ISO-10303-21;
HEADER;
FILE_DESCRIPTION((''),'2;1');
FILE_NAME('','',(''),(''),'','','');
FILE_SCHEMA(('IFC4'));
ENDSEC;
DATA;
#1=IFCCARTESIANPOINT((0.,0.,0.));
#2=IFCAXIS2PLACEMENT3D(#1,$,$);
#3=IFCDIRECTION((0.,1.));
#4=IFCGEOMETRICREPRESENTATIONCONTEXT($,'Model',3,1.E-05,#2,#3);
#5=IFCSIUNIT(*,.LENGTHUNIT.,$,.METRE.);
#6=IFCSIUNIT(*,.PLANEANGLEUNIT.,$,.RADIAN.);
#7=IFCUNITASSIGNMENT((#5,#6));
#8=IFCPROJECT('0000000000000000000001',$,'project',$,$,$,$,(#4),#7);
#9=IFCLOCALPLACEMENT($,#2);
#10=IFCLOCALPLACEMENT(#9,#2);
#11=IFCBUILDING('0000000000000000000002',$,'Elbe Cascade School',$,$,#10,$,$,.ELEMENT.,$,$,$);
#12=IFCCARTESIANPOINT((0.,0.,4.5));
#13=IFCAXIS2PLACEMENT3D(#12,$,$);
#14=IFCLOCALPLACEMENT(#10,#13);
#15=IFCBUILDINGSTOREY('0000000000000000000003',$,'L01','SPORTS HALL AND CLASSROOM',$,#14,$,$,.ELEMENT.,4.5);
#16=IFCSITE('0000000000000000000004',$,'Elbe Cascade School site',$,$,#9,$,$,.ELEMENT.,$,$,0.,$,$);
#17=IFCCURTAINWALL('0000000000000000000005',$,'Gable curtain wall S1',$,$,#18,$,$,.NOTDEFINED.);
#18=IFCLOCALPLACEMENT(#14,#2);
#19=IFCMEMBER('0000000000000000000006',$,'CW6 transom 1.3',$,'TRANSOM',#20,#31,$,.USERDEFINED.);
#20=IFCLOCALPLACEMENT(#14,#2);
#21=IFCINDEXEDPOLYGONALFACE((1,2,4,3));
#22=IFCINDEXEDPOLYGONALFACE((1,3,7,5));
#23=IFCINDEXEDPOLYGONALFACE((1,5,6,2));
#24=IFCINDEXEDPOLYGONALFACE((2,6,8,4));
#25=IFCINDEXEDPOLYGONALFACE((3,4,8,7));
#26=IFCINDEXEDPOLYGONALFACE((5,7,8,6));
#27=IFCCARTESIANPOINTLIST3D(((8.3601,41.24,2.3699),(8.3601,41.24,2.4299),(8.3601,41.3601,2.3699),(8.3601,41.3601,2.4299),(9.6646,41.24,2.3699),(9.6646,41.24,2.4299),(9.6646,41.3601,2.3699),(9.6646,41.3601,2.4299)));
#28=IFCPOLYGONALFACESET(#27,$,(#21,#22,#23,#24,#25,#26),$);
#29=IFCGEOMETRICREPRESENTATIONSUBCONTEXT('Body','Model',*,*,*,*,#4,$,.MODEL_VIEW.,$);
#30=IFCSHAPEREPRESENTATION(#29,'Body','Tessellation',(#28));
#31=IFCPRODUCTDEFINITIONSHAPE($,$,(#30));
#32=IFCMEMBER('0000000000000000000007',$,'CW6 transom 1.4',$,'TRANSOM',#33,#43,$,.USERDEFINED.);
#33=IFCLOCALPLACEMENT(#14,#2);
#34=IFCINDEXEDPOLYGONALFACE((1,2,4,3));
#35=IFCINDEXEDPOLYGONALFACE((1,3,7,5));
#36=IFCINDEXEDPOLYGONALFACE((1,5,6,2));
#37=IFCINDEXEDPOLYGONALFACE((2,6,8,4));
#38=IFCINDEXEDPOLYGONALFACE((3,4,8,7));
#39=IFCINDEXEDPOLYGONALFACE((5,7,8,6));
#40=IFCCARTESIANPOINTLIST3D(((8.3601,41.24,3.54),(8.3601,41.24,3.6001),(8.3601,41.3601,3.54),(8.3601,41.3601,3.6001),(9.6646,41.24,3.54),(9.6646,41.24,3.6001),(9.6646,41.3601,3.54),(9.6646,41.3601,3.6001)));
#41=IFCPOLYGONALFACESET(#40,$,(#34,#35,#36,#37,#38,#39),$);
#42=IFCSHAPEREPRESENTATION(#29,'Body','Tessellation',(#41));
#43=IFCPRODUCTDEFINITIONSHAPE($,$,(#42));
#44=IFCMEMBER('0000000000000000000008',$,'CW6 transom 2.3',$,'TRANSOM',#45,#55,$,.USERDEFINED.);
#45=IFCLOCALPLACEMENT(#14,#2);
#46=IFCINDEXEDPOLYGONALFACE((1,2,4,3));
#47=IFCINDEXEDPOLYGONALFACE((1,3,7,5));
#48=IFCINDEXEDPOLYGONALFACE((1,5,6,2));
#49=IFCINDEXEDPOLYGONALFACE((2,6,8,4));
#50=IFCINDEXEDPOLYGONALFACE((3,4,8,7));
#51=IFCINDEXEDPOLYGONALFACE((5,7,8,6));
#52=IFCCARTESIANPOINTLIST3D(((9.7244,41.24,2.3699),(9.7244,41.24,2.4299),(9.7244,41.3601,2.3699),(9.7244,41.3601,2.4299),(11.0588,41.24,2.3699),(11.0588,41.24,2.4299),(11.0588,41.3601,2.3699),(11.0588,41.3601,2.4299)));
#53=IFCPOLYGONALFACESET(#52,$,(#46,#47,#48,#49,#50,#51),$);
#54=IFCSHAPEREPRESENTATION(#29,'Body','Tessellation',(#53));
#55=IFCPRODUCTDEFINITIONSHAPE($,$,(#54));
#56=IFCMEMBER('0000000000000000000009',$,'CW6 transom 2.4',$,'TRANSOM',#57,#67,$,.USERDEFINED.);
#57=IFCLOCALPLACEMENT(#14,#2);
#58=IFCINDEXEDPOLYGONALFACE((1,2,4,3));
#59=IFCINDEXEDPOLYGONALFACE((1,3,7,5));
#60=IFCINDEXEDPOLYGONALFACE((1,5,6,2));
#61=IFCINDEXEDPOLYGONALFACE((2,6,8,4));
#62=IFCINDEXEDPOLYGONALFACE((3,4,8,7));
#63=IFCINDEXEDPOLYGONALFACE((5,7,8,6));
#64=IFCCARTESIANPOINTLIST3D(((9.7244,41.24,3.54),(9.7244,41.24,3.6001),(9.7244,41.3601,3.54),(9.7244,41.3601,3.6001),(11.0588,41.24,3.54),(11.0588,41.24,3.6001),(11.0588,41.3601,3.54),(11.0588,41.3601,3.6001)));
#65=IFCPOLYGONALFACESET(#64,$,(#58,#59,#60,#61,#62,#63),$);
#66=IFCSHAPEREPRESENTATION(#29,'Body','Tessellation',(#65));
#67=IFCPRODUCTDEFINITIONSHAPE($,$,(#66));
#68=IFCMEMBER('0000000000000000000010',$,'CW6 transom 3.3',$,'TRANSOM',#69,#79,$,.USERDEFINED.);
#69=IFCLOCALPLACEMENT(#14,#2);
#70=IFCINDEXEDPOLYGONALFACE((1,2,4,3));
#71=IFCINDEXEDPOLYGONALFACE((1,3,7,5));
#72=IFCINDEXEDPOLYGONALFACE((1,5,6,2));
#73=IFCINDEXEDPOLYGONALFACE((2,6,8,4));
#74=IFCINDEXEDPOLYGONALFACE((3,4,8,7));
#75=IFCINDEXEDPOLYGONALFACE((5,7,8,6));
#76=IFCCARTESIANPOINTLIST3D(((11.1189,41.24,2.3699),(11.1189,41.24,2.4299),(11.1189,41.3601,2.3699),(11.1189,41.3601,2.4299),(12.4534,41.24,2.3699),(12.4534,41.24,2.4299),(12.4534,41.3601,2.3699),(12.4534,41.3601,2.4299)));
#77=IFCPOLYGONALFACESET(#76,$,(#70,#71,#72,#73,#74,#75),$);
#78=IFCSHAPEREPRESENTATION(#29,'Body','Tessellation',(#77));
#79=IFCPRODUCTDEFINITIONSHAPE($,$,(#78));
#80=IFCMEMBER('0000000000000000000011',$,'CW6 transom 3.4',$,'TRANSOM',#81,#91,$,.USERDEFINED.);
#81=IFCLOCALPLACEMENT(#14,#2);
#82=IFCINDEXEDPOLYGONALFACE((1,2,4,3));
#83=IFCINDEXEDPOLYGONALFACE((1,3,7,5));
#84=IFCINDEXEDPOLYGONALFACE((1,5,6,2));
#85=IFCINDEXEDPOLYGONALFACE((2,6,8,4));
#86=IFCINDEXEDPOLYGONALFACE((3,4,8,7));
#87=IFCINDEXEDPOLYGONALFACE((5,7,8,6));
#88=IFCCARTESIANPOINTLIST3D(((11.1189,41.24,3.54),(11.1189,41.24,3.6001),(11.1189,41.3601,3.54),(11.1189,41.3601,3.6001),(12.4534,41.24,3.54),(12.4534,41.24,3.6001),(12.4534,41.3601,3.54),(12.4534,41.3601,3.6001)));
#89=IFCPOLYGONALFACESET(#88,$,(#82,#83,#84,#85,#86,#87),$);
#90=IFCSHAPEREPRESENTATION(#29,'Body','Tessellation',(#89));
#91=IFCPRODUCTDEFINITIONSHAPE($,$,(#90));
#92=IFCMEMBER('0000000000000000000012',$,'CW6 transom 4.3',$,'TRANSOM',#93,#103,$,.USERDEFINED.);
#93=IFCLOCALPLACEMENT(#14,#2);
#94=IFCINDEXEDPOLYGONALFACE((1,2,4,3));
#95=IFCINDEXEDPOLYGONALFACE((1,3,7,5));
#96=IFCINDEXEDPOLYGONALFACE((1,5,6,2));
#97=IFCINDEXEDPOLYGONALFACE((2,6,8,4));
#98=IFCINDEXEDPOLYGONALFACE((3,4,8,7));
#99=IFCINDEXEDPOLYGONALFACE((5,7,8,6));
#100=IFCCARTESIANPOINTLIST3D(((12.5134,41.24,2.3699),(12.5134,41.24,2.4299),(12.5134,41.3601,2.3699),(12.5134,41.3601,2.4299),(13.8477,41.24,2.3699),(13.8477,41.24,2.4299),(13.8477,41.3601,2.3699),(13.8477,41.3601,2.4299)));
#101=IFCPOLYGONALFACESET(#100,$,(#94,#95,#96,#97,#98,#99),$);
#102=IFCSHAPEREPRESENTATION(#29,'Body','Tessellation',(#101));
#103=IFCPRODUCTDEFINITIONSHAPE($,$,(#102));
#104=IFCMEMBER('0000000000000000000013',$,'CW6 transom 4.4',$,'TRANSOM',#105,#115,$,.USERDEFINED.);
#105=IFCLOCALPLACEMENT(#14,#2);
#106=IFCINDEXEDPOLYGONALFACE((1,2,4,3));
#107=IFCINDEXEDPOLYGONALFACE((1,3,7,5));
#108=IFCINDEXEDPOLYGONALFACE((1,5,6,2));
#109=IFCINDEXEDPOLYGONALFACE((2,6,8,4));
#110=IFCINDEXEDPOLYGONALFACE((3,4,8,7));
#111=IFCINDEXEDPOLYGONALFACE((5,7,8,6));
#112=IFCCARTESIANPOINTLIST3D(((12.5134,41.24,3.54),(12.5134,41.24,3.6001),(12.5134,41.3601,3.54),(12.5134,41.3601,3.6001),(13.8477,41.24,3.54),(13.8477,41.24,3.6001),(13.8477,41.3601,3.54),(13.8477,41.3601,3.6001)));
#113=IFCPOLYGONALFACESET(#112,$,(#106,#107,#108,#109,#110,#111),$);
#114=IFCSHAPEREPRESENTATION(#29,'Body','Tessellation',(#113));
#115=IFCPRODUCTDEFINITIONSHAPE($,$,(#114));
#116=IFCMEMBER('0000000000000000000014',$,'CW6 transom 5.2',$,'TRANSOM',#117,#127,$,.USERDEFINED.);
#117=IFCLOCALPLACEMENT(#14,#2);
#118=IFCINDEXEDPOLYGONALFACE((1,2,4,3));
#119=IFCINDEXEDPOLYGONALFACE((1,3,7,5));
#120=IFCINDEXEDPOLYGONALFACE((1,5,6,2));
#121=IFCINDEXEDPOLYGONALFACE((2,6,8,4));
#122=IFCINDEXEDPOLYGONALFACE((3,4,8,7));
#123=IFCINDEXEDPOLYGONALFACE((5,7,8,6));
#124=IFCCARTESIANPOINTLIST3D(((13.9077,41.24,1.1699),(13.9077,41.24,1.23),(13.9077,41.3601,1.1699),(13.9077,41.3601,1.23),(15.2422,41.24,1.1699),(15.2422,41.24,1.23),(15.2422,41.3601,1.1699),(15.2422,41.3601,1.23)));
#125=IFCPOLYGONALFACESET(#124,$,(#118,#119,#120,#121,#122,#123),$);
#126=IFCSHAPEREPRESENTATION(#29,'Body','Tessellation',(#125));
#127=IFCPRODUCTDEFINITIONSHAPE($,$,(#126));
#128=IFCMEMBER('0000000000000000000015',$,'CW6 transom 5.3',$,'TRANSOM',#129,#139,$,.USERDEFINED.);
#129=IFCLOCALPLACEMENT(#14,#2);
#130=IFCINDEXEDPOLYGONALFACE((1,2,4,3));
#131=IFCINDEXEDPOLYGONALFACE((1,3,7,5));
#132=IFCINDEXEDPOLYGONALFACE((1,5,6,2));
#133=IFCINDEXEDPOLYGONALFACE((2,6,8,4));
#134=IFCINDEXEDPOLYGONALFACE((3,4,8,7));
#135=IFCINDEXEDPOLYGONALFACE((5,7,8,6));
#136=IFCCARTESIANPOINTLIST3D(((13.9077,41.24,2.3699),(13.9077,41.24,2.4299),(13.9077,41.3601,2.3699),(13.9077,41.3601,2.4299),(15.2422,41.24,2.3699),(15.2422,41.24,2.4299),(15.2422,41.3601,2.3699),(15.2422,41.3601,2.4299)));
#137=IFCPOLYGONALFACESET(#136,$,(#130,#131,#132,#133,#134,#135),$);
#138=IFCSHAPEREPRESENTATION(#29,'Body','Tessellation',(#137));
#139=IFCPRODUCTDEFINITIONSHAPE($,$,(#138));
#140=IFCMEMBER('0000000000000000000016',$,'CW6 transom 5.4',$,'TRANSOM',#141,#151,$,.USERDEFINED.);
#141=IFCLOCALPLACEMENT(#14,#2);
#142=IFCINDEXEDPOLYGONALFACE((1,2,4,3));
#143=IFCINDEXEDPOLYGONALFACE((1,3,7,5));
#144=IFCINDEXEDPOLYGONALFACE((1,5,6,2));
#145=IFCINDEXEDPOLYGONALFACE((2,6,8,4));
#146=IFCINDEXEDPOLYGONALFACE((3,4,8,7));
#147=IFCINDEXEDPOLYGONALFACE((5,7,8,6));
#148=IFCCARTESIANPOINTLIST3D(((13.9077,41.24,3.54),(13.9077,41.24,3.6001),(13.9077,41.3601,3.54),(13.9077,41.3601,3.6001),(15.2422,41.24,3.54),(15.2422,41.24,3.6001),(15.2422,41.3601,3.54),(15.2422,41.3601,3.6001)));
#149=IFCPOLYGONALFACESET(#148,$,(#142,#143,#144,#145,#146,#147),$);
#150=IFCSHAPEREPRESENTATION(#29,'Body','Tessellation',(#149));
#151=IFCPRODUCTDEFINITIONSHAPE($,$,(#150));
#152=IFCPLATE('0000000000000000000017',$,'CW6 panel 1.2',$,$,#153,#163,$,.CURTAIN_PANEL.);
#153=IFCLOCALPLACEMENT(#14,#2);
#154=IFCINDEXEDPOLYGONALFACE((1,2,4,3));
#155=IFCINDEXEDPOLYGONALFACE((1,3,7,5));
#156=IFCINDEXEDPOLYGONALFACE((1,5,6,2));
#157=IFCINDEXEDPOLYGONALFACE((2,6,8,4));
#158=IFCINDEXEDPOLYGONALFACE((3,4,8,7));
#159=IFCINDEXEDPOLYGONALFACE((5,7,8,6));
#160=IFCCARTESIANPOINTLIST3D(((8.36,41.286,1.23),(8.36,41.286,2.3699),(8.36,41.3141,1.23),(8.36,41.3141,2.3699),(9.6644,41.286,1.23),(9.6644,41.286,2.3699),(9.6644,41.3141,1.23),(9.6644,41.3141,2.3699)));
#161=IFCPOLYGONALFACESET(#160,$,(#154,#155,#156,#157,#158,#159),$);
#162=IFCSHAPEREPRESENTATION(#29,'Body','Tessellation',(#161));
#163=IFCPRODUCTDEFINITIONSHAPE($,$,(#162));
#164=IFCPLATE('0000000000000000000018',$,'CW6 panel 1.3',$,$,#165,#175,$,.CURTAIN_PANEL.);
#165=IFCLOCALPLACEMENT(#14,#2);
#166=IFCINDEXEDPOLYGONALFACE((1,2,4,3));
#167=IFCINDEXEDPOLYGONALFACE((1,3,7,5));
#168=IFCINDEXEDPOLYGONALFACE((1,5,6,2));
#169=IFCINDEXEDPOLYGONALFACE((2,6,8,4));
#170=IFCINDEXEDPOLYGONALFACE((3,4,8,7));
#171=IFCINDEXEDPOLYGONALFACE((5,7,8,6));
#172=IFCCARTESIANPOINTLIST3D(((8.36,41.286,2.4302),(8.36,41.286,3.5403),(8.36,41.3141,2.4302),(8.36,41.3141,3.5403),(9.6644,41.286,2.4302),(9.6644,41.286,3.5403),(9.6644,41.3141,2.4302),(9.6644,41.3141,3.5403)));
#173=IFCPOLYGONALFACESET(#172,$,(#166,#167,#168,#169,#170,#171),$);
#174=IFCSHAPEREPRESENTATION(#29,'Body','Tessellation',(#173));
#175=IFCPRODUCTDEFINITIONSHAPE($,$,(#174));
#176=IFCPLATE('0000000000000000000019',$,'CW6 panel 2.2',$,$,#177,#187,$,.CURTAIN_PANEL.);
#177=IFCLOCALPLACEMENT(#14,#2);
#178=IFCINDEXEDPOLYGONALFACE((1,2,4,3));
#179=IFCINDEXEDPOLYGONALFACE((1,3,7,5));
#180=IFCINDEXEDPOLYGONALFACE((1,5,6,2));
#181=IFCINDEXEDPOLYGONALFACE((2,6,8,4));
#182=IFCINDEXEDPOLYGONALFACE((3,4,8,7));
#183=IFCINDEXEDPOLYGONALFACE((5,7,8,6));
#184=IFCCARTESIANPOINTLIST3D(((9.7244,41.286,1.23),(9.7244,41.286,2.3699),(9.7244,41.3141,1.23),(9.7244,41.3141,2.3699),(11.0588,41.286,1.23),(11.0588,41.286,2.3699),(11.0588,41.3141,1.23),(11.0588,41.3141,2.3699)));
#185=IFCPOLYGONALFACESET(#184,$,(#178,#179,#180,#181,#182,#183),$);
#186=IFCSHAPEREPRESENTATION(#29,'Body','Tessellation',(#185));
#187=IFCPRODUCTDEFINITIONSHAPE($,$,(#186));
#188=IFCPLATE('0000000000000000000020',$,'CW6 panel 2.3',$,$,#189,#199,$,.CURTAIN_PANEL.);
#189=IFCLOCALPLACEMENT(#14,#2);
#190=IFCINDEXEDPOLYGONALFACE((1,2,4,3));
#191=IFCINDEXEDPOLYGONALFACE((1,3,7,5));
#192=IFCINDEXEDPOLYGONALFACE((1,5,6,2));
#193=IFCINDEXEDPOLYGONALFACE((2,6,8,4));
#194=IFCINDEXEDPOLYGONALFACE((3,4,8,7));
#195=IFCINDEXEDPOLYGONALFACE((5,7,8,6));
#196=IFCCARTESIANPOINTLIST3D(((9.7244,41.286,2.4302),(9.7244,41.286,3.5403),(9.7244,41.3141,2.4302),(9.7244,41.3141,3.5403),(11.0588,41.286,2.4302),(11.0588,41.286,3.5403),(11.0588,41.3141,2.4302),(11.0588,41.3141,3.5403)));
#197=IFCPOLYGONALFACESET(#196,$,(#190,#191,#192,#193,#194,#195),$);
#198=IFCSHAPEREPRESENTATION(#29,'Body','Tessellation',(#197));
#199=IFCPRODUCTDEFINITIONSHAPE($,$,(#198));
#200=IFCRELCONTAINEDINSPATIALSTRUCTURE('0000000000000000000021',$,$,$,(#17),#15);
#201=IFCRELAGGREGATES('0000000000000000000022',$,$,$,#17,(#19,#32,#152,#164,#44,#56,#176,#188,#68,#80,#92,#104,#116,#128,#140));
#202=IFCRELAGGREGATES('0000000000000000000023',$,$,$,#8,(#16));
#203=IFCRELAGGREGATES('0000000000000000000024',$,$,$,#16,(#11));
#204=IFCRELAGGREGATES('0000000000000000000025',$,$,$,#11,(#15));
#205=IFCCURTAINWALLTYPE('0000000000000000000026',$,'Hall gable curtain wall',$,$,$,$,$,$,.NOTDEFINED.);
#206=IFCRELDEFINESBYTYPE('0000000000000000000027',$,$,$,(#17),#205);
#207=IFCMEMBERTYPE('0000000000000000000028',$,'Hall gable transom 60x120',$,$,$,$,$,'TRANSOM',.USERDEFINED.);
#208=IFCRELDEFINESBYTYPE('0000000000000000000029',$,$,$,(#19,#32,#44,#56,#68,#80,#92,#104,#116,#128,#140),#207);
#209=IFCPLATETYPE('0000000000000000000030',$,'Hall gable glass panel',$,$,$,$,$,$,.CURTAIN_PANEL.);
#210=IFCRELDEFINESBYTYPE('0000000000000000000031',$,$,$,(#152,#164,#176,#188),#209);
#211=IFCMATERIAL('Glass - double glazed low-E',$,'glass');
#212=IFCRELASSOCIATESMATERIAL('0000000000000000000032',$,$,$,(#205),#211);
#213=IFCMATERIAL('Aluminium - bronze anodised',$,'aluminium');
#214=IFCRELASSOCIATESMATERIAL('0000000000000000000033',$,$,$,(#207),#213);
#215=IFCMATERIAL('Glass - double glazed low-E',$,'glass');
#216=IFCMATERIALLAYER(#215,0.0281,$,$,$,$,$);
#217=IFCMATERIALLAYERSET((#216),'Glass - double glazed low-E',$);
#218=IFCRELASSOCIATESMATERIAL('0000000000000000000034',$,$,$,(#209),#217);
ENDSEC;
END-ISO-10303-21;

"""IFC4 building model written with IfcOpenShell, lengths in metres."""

from ifc_helpers import new_model, si_unit, direction, frame, origin, origin_2d, place, context, subcontext, project, spatial, rectangle, extrude, material, layer, layer_set, material_profile, profile_set, type_object, element, aggregate, save


model = new_model("IFC4")

# Units and contexts
model_context = context("Model", 3, precision=1e-05, world=origin(), true_north=direction((0.0, 1.0)))
body_context = subcontext(model_context, "Body", "Model", "MODEL_VIEW")
ifc_project = project(units=[si_unit("LENGTHUNIT", "METRE"), si_unit("PLANEANGLEUNIT", "RADIAN")], contexts=[model_context])

# Site, building, storey
site_placement = place(None, origin())
site = spatial("IfcSite", under=ifc_project, at=site_placement, Name="Elbe Cascade School site", CompositionType="ELEMENT", RefElevation=0.0)
building_placement = place(site_placement, origin())
building = spatial("IfcBuilding", under=site, at=building_placement, Name="Elbe Cascade School", CompositionType="ELEMENT")
storey_placement = place(building_placement, frame((0.0, 0.0, 4.5)))
storey = spatial("IfcBuildingStorey", under=building, at=storey_placement, Name="L01", Description="SPORTS HALL AND CLASSROOM", CompositionType="ELEMENT", Elevation=4.5)

# Curtain wall, members, plates
ifc_material_1 = material(Name="Glass - double glazed low-E", Category="glass")
curtain_wall_type = type_object("IfcCurtainWallType", Name="Hall gable curtain wall", PredefinedType="NOTDEFINED", material=ifc_material_1)
curtain_wall_placement = place(storey_placement, origin())
curtain_wall = element("IfcCurtainWall", 1, at=curtain_wall_placement, inside=storey, type_object=curtain_wall_type, Name="Gable curtain wall S1", PredefinedType="NOTDEFINED")
ifc_material_2 = material(Name="Aluminium - bronze anodised", Category="aluminium")
ifc_material_profile = material_profile(ifc_material_2, rectangle(XDim=0.1201, YDim=0.0601, at=origin_2d()), Name="Alu 60x120")
ifc_profile_set = profile_set([ifc_material_profile], Name="Aluminium - bronze anodised")
member_type = type_object("IfcMemberType", Name="Hall gable transom 60x120", ElementType="TRANSOM", PredefinedType="USERDEFINED", material=ifc_profile_set)
member_1_placement = place(storey_placement, frame((8.3601, 41.3, 2.3999), z_axis=(1.0, 0.0, 0.0), x_axis=(0.0, 1.0, 0.0)))
member_1 = element("IfcMember", 2, at=member_1_placement, type_object=member_type, Name="CW6 transom 1.3", ObjectType="TRANSOM", PredefinedType="USERDEFINED", context=body_context, shape_type="SweptSolid", body=[
    extrude(rectangle(XDim=0.1201, YDim=0.0601, at=origin_2d()), origin(), (0.0, 0.0, 1.0), 1.3044),
])
member_2_placement = place(storey_placement, frame((8.3601, 41.3, 3.5701), z_axis=(1.0, 0.0, 0.0), x_axis=(0.0, 1.0, 0.0)))
member_2 = element("IfcMember", 3, at=member_2_placement, type_object=member_type, Name="CW6 transom 1.4", ObjectType="TRANSOM", PredefinedType="USERDEFINED", context=body_context, shape_type="SweptSolid", body=[
    extrude(rectangle(XDim=0.1201, YDim=0.0601, at=origin_2d()), origin(), (0.0, 0.0, 1.0), 1.3044),
])
member_3_placement = place(storey_placement, frame((9.7244, 41.3, 2.3999), z_axis=(1.0, 0.0, 0.0), x_axis=(0.0, 1.0, 0.0)))
member_3 = element("IfcMember", 4, at=member_3_placement, type_object=member_type, Name="CW6 transom 2.3", ObjectType="TRANSOM", PredefinedType="USERDEFINED", context=body_context, shape_type="SweptSolid", body=[
    extrude(rectangle(XDim=0.1201, YDim=0.0601, at=origin_2d()), origin(), (0.0, 0.0, 1.0), 1.3345),
])
member_4_placement = place(storey_placement, frame((9.7244, 41.3, 3.5701), z_axis=(1.0, 0.0, 0.0), x_axis=(0.0, 1.0, 0.0)))
member_4 = element("IfcMember", 5, at=member_4_placement, type_object=member_type, Name="CW6 transom 2.4", ObjectType="TRANSOM", PredefinedType="USERDEFINED", context=body_context, shape_type="SweptSolid", body=[
    extrude(rectangle(XDim=0.1201, YDim=0.0601, at=origin_2d()), origin(), (0.0, 0.0, 1.0), 1.3345),
])
member_5_placement = place(storey_placement, frame((11.1189, 41.3, 2.3999), z_axis=(1.0, 0.0, 0.0), x_axis=(0.0, 1.0, 0.0)))
member_5 = element("IfcMember", 6, at=member_5_placement, type_object=member_type, Name="CW6 transom 3.3", ObjectType="TRANSOM", PredefinedType="USERDEFINED", context=body_context, shape_type="SweptSolid", body=[
    extrude(rectangle(XDim=0.1201, YDim=0.0601, at=origin_2d()), origin(), (0.0, 0.0, 1.0), 1.3345),
])
member_6_placement = place(storey_placement, frame((11.1189, 41.3, 3.5701), z_axis=(1.0, 0.0, 0.0), x_axis=(0.0, 1.0, 0.0)))
member_6 = element("IfcMember", 7, at=member_6_placement, type_object=member_type, Name="CW6 transom 3.4", ObjectType="TRANSOM", PredefinedType="USERDEFINED", context=body_context, shape_type="SweptSolid", body=[
    extrude(rectangle(XDim=0.1201, YDim=0.0601, at=origin_2d()), origin(), (0.0, 0.0, 1.0), 1.3345),
])
member_7_placement = place(storey_placement, frame((12.5134, 41.3, 2.3999), z_axis=(1.0, 0.0, 0.0), x_axis=(0.0, 1.0, 0.0)))
member_7 = element("IfcMember", 8, at=member_7_placement, type_object=member_type, Name="CW6 transom 4.3", ObjectType="TRANSOM", PredefinedType="USERDEFINED", context=body_context, shape_type="SweptSolid", body=[
    extrude(rectangle(XDim=0.1201, YDim=0.0601, at=origin_2d()), origin(), (0.0, 0.0, 1.0), 1.3342),
])
member_8_placement = place(storey_placement, frame((12.5134, 41.3, 3.5701), z_axis=(1.0, 0.0, 0.0), x_axis=(0.0, 1.0, 0.0)))
member_8 = element("IfcMember", 9, at=member_8_placement, type_object=member_type, Name="CW6 transom 4.4", ObjectType="TRANSOM", PredefinedType="USERDEFINED", context=body_context, shape_type="SweptSolid", body=[
    extrude(rectangle(XDim=0.1201, YDim=0.0601, at=origin_2d()), origin(), (0.0, 0.0, 1.0), 1.3342),
])
member_9_placement = place(storey_placement, frame((13.9077, 41.3, 1.2), z_axis=(1.0, 0.0, 0.0), x_axis=(0.0, 1.0, 0.0)))
member_9 = element("IfcMember", 10, at=member_9_placement, type_object=member_type, Name="CW6 transom 5.2", ObjectType="TRANSOM", PredefinedType="USERDEFINED", context=body_context, shape_type="SweptSolid", body=[
    extrude(rectangle(XDim=0.1201, YDim=0.0601, at=origin_2d()), origin(), (0.0, 0.0, 1.0), 1.3345),
])
member_10_placement = place(storey_placement, frame((13.9077, 41.3, 2.3999), z_axis=(1.0, 0.0, 0.0), x_axis=(0.0, 1.0, 0.0)))
member_10 = element("IfcMember", 11, at=member_10_placement, type_object=member_type, Name="CW6 transom 5.3", ObjectType="TRANSOM", PredefinedType="USERDEFINED", context=body_context, shape_type="SweptSolid", body=[
    extrude(rectangle(XDim=0.1201, YDim=0.0601, at=origin_2d()), origin(), (0.0, 0.0, 1.0), 1.3345),
])
member_11_placement = place(storey_placement, frame((13.9077, 41.3, 3.5701), z_axis=(1.0, 0.0, 0.0), x_axis=(0.0, 1.0, 0.0)))
member_11 = element("IfcMember", 12, at=member_11_placement, type_object=member_type, Name="CW6 transom 5.4", ObjectType="TRANSOM", PredefinedType="USERDEFINED", context=body_context, shape_type="SweptSolid", body=[
    extrude(rectangle(XDim=0.1201, YDim=0.0601, at=origin_2d()), origin(), (0.0, 0.0, 1.0), 1.3345),
])
ifc_material_3 = material(Name="Glass - double glazed low-E", Category="glass")
ifc_layer_1 = layer(ifc_material_3, 0.0281)
ifc_layer_set_1 = layer_set([ifc_layer_1], Name="Glass - double glazed low-E")
plate_type = type_object("IfcPlateType", Name="Hall gable glass panel", PredefinedType="CURTAIN_PANEL", material=ifc_layer_set_1)
plate_1_placement = place(storey_placement, frame((9.0122, 41.3, 1.23), z_axis=(0.0, 0.0, 1.0), x_axis=(1.0, 0.0, 0.0)))
plate_1 = element("IfcPlate", 13, at=plate_1_placement, type_object=plate_type, Name="CW6 panel 1.2", PredefinedType="CURTAIN_PANEL", context=body_context, shape_type="SweptSolid", body=[
    extrude(rectangle(XDim=1.3044, YDim=0.0281, at=origin_2d()), origin(), (0.0, 0.0, 1.0), 1.1399),
])
plate_2_placement = place(storey_placement, frame((9.0122, 41.3, 2.4302), z_axis=(0.0, 0.0, 1.0), x_axis=(1.0, 0.0, 0.0)))
plate_2 = element("IfcPlate", 14, at=plate_2_placement, type_object=plate_type, Name="CW6 panel 1.3", PredefinedType="CURTAIN_PANEL", context=body_context, shape_type="SweptSolid", body=[
    extrude(rectangle(XDim=1.3044, YDim=0.0281, at=origin_2d()), origin(), (0.0, 0.0, 1.0), 1.1101),
])
plate_3_placement = place(storey_placement, frame((10.3916, 41.3, 1.23), z_axis=(0.0, 0.0, 1.0), x_axis=(1.0, 0.0, 0.0)))
plate_3 = element("IfcPlate", 15, at=plate_3_placement, type_object=plate_type, Name="CW6 panel 2.2", PredefinedType="CURTAIN_PANEL", context=body_context, shape_type="SweptSolid", body=[
    extrude(rectangle(XDim=1.3345, YDim=0.0281, at=origin_2d()), origin(), (0.0, 0.0, 1.0), 1.1399),
])
plate_4_placement = place(storey_placement, frame((10.3916, 41.3, 2.4302), z_axis=(0.0, 0.0, 1.0), x_axis=(1.0, 0.0, 0.0)))
plate_4 = element("IfcPlate", 16, at=plate_4_placement, type_object=plate_type, Name="CW6 panel 2.3", PredefinedType="CURTAIN_PANEL", context=body_context, shape_type="SweptSolid", body=[
    extrude(rectangle(XDim=1.3345, YDim=0.0281, at=origin_2d()), origin(), (0.0, 0.0, 1.0), 1.1101),
])
aggregate(curtain_wall, [member_1, member_2, plate_1, plate_2, member_3, member_4, plate_3, plate_4, member_5, member_6, member_7, member_8, member_9, member_10, member_11])

save(model, "model.ifc")
